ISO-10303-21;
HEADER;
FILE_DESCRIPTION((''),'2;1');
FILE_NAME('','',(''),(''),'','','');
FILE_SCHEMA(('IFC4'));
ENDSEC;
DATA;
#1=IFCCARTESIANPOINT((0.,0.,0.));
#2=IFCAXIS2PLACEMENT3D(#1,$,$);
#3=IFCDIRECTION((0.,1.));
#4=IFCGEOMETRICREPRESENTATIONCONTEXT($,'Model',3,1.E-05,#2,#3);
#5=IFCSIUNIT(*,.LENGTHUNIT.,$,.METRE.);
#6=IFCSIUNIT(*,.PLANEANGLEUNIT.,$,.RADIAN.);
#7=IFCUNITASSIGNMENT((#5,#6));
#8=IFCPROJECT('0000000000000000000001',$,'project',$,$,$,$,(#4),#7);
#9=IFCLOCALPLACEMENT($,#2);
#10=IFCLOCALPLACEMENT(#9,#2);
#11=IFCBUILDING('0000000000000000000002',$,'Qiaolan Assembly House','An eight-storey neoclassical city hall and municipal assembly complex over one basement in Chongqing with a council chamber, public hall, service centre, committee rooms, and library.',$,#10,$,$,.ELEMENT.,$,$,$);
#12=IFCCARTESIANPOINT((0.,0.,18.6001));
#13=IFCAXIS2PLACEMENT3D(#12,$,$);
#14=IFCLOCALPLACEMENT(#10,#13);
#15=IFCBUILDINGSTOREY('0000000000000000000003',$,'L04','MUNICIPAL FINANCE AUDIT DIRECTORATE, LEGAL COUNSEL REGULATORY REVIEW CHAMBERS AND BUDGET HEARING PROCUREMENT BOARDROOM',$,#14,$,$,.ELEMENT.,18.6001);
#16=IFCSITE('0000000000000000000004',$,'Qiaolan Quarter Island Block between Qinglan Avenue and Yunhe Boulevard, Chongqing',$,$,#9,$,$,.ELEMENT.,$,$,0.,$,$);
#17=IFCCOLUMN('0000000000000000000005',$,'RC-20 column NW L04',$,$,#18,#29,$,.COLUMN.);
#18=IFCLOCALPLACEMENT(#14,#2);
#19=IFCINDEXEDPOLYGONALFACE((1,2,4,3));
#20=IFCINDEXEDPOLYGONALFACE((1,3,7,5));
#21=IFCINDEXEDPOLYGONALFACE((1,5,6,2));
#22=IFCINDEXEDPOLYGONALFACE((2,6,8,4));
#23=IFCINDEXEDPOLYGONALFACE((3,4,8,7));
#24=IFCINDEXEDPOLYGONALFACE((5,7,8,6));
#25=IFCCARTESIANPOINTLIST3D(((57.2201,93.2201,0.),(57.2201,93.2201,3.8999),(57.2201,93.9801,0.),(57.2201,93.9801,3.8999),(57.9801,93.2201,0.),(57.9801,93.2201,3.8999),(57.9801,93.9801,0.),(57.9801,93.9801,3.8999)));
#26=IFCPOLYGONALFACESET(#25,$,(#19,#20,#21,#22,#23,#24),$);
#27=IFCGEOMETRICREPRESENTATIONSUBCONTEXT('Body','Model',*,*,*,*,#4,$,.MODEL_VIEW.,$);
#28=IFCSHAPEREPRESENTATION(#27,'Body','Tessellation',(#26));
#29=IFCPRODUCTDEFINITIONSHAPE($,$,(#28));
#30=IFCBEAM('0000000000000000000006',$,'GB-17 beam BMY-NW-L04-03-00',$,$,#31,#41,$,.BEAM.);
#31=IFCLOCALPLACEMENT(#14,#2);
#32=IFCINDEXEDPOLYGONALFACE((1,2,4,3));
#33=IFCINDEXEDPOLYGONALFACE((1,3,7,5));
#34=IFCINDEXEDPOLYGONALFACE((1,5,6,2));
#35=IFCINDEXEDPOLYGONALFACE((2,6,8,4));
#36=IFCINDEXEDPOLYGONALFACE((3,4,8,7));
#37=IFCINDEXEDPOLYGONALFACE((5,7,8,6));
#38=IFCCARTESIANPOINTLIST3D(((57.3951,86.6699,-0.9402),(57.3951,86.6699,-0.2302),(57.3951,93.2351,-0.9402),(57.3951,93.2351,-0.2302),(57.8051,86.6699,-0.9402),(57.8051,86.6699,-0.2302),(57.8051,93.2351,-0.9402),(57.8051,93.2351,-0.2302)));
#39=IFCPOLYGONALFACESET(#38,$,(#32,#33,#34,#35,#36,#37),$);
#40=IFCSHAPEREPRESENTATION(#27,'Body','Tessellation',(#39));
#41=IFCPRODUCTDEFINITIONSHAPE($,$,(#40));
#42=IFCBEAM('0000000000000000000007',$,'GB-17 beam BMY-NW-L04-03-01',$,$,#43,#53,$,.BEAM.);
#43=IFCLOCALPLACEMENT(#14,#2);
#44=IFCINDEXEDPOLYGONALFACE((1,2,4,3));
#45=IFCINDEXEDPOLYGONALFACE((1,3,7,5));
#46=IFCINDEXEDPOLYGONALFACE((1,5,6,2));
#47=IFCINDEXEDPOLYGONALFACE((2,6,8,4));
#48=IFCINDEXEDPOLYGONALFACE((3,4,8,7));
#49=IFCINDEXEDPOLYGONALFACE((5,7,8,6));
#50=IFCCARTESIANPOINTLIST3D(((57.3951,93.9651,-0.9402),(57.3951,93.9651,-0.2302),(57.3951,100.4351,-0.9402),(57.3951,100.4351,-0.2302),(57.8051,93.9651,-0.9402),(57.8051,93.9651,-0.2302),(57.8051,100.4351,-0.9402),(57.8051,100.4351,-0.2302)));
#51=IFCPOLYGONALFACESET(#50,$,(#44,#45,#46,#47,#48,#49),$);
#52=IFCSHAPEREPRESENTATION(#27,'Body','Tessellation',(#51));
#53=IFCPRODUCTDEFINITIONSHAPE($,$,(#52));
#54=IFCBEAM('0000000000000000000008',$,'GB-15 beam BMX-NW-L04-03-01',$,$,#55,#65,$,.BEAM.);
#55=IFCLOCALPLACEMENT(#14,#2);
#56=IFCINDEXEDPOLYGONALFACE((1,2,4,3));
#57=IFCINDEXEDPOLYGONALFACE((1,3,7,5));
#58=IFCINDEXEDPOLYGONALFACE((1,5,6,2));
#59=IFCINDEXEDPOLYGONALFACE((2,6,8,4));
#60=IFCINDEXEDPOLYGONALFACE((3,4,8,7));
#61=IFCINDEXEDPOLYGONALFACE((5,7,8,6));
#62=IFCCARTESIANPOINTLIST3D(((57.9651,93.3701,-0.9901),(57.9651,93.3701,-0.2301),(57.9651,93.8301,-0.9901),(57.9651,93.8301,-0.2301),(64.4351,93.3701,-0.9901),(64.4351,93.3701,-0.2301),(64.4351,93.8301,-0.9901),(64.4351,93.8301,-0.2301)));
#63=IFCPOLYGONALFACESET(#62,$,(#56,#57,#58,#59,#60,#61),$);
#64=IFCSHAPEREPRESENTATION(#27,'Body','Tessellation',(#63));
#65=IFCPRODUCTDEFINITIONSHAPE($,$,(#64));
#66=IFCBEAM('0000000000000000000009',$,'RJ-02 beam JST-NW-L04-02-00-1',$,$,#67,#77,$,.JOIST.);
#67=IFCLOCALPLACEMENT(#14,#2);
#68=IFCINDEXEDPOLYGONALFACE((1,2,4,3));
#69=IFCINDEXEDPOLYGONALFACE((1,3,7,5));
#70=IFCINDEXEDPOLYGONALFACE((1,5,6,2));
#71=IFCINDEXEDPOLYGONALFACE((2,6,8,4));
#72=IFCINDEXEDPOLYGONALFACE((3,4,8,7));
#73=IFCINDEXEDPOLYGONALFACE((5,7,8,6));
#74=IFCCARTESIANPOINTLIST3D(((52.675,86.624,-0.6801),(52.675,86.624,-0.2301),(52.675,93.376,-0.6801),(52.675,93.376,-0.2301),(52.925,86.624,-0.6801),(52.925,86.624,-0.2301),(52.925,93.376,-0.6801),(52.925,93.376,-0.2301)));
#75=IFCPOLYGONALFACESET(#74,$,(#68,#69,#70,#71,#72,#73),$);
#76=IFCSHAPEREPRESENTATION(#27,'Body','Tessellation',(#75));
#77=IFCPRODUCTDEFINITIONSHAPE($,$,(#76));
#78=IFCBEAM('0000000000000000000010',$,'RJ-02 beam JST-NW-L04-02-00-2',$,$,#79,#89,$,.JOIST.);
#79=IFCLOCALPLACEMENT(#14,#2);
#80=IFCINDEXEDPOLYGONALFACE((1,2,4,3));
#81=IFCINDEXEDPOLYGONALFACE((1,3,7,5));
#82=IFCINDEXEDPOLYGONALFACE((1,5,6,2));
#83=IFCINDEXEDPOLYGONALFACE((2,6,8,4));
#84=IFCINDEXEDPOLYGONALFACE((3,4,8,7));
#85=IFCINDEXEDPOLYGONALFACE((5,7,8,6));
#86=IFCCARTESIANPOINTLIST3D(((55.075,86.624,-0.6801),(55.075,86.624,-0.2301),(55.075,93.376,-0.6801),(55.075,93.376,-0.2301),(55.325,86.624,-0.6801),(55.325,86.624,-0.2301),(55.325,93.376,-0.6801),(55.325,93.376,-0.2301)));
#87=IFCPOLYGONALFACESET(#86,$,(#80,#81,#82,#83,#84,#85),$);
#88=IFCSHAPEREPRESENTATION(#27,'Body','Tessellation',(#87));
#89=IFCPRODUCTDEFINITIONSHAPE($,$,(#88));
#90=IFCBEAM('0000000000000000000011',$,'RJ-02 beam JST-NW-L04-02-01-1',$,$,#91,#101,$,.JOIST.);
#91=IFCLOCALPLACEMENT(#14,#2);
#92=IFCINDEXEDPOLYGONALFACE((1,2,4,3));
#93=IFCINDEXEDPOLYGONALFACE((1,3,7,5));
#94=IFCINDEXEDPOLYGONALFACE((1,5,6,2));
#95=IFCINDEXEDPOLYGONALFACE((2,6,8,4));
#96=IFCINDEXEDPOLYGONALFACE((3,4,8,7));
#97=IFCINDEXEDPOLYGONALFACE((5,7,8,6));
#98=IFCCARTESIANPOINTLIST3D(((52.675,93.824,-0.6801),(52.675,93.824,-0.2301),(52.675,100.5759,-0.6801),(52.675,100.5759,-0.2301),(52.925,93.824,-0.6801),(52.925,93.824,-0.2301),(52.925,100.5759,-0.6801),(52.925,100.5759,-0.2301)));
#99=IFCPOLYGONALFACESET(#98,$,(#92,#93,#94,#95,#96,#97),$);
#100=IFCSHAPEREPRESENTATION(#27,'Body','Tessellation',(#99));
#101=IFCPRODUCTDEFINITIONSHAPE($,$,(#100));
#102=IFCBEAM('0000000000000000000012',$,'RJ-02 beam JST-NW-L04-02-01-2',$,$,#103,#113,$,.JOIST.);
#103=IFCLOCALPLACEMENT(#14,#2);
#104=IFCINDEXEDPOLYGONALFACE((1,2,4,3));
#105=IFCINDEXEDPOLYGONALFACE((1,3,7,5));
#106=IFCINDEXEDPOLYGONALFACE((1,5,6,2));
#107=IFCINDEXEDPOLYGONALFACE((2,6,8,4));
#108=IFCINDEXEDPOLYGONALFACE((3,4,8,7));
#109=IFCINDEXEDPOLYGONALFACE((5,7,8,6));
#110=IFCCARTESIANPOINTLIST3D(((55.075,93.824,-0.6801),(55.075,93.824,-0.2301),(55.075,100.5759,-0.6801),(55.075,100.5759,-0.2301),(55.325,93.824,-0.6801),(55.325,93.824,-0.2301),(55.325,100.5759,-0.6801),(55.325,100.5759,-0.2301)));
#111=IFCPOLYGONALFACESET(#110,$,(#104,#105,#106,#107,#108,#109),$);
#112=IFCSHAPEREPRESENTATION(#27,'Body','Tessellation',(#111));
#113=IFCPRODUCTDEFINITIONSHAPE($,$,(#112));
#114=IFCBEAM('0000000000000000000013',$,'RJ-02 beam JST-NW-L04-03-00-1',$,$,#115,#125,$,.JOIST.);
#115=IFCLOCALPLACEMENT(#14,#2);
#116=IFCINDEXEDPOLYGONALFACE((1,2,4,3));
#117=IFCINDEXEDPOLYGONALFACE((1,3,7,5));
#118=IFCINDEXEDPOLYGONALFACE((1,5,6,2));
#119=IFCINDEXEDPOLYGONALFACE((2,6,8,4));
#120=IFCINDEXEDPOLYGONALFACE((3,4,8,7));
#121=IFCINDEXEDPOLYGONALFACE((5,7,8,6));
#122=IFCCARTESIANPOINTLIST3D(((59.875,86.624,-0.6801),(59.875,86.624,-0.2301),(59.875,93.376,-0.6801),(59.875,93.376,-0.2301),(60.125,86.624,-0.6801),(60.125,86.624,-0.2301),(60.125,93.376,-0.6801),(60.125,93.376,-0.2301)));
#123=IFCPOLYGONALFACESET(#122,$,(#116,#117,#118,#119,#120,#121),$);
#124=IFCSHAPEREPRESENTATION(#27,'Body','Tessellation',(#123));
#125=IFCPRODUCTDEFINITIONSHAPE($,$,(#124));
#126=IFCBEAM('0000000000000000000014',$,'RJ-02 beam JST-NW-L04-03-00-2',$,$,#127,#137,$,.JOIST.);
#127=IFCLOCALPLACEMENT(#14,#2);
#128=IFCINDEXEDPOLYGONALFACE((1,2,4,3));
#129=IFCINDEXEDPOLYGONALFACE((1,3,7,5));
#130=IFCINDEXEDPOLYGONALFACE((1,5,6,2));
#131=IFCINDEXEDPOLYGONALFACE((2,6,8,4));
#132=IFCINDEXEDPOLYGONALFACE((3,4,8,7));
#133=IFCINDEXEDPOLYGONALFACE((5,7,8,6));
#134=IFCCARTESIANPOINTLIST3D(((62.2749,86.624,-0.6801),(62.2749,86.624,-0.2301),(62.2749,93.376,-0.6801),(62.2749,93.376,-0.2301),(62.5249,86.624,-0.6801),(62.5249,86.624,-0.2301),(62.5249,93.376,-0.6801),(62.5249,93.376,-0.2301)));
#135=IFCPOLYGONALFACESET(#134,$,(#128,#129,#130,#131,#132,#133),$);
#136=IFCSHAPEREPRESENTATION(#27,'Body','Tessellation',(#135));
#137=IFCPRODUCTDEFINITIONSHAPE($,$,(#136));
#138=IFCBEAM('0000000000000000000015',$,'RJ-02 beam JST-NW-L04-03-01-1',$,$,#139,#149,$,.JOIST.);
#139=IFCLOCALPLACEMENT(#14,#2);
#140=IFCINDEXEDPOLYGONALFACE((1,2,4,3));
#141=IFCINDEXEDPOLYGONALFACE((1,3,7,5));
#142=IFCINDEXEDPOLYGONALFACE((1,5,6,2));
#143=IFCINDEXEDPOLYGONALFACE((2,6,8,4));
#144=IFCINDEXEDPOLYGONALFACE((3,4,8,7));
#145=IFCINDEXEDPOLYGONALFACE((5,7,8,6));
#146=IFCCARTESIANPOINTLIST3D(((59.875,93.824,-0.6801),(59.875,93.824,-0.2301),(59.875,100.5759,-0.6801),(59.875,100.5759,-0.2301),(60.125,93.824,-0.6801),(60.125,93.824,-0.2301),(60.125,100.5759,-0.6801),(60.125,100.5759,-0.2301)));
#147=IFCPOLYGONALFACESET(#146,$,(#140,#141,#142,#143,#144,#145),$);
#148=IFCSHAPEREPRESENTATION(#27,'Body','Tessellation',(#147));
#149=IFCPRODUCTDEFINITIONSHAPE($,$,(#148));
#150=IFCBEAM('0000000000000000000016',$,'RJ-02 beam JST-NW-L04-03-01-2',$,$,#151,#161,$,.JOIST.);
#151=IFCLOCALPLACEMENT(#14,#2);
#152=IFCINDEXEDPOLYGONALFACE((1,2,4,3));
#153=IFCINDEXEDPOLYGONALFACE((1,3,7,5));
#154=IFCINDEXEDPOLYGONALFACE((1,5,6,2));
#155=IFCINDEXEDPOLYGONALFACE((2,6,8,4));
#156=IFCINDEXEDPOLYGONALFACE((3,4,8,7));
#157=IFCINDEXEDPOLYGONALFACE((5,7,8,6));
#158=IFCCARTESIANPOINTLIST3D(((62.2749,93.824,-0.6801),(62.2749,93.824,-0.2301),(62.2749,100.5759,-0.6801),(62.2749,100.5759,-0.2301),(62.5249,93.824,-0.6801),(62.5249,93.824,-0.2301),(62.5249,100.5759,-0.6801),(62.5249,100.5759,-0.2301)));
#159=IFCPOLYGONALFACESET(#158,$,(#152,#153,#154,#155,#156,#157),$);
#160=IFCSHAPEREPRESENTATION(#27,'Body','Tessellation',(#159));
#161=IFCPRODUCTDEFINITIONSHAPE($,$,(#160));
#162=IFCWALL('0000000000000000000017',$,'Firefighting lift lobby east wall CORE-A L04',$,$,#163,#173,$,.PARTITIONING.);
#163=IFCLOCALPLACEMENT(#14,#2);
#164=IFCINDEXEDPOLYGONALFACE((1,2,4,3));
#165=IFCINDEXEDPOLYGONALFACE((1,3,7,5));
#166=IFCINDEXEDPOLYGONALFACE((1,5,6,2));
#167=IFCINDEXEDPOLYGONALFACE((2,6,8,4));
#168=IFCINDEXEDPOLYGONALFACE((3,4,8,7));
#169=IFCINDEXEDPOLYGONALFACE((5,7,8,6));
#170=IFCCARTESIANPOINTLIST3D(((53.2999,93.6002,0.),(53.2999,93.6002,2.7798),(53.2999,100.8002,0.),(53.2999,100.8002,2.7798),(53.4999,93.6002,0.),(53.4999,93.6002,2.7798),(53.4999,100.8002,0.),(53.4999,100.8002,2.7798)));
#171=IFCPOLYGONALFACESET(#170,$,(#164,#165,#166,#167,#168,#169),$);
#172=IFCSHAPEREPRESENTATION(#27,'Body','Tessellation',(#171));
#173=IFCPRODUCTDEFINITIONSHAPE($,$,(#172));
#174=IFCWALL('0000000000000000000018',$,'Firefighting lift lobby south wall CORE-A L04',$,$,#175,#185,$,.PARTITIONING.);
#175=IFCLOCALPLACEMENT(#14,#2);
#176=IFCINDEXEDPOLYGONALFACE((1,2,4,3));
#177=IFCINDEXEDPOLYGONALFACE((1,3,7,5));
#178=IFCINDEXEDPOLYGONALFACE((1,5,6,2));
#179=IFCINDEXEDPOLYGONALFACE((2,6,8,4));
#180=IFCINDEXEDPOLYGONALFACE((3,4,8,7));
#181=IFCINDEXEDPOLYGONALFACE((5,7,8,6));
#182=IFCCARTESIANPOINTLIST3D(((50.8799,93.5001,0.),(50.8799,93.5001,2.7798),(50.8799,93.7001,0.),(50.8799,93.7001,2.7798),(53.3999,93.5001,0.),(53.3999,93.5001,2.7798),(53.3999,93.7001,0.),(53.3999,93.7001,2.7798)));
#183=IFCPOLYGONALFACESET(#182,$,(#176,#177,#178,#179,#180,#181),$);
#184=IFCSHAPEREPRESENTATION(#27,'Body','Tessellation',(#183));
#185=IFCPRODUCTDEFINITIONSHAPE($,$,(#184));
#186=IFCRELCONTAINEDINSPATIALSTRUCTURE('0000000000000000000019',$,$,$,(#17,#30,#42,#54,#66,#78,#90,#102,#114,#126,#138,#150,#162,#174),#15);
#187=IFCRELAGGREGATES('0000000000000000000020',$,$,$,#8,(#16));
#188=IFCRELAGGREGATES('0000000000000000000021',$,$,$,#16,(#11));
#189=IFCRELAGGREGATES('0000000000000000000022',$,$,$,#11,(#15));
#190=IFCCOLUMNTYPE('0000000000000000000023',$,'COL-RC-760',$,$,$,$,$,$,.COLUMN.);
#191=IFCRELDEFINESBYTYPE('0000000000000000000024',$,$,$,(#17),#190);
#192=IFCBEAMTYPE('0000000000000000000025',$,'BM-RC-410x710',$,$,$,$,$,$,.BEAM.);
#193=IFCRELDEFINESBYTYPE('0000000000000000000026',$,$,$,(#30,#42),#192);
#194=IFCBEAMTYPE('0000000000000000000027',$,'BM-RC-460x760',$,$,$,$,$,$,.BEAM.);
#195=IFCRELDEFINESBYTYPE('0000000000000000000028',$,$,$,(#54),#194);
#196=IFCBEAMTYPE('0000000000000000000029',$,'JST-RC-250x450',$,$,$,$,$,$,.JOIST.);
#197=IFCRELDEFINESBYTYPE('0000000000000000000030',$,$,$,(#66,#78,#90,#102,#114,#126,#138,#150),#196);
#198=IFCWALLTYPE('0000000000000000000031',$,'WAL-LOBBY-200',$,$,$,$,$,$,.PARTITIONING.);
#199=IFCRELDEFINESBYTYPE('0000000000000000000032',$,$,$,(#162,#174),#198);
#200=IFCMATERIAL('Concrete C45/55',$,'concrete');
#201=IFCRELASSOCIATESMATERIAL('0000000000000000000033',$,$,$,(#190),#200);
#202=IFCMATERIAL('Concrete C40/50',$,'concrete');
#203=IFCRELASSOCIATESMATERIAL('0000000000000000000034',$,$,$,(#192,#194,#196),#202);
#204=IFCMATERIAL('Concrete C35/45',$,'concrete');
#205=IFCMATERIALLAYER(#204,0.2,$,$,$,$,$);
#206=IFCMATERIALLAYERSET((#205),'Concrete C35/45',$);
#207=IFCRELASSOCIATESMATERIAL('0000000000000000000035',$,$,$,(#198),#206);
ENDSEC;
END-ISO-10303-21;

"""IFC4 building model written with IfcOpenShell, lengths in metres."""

from ifc_helpers import new_model, si_unit, direction, frame, frame_2d, origin, origin_2d, place, context, subcontext, project, spatial, rectangle, extrude, material, layer, layer_set, material_profile, profile_set, type_object, element, save


model = new_model("IFC4")

# Units and contexts
model_context = context("Model", 3, precision=1e-05, world=origin(), true_north=direction((0.0, 1.0)))
body_context = subcontext(model_context, "Body", "Model", "MODEL_VIEW")
ifc_project = project(units=[si_unit("LENGTHUNIT", "METRE"), si_unit("PLANEANGLEUNIT", "RADIAN")], contexts=[model_context])

# Site, building, storey
site_placement = place(None, origin())
site = spatial("IfcSite", under=ifc_project, at=site_placement, Name="Qiaolan Quarter Island Block between Qinglan Avenue and Yunhe Boulevard, Chongqing", CompositionType="ELEMENT", RefElevation=0.0)
building_placement = place(site_placement, origin())
building = spatial("IfcBuilding", under=site, at=building_placement, Name="Qiaolan Assembly House", Description="An eight-storey neoclassical city hall and municipal assembly complex over one basement in Chongqing with a council chamber, public hall, service centre, committee rooms, and library.", CompositionType="ELEMENT")
storey_placement = place(building_placement, frame((0.0, 0.0, 18.6001)))
storey = spatial("IfcBuildingStorey", under=building, at=storey_placement, Name="L04", Description="MUNICIPAL FINANCE AUDIT DIRECTORATE, LEGAL COUNSEL REGULATORY REVIEW CHAMBERS AND BUDGET HEARING PROCUREMENT BOARDROOM", CompositionType="ELEMENT", Elevation=18.6001)

# Column
ifc_material_1 = material(Name="Concrete C45/55", Category="concrete")
ifc_material_profile_1 = material_profile(ifc_material_1, rectangle(XDim=0.76, YDim=0.76, at=origin_2d()), Name="RC 760x760")
ifc_profile_set_1 = profile_set([ifc_material_profile_1], Name="Concrete C45/55")
column_type = type_object("IfcColumnType", Name="COL-RC-760", PredefinedType="COLUMN", material=ifc_profile_set_1)
column_placement = place(storey_placement, frame((57.6001, 93.6001, 0.0), z_axis=(0.0, 0.0, 1.0), x_axis=(1.0, 0.0, 0.0)))
element("IfcColumn", 1, at=column_placement, inside=storey, type_object=column_type, Name="RC-20 column NW L04", PredefinedType="COLUMN", context=body_context, shape_type="SweptSolid", body=[
    extrude(rectangle(XDim=0.76, YDim=0.76, at=origin_2d()), origin(), (0.0, 0.0, 1.0), 3.8999),
])

# Beams
ifc_material_2 = material(Name="Concrete C40/50", Category="concrete")
ifc_material_profile_2 = material_profile(ifc_material_2, rectangle(XDim=0.4099, YDim=0.71, at=origin_2d()), Name="RCB 410x710")
ifc_profile_set_2 = profile_set([ifc_material_profile_2], Name="Concrete C40/50")
beam_type_1 = type_object("IfcBeamType", Name="BM-RC-410x710", PredefinedType="BEAM", material=ifc_profile_set_2)
beam_1_placement = place(storey_placement, frame((57.6001, 86.6699, -0.5852), z_axis=(0.0, 1.0, 0.0), x_axis=(-1.0, 0.0, 0.0)))
element("IfcBeam", 2, at=beam_1_placement, inside=storey, type_object=beam_type_1, Name="GB-17 beam BMY-NW-L04-03-00", PredefinedType="BEAM", context=body_context, shape_type="SweptSolid", body=[
    extrude(rectangle(XDim=0.4099, YDim=0.71, at=origin_2d()), origin(), (0.0, 0.0, 1.0), 6.5652),
])
beam_2_placement = place(storey_placement, frame((57.6001, 93.9651, -0.5852), z_axis=(0.0, 1.0, 0.0), x_axis=(-1.0, 0.0, 0.0)))
element("IfcBeam", 3, at=beam_2_placement, inside=storey, type_object=beam_type_1, Name="GB-17 beam BMY-NW-L04-03-01", PredefinedType="BEAM", context=body_context, shape_type="SweptSolid", body=[
    extrude(rectangle(XDim=0.4099, YDim=0.71, at=origin_2d()), origin(), (0.0, 0.0, 1.0), 6.47),
])
ifc_material_profile_3 = material_profile(ifc_material_2, rectangle(XDim=0.46, YDim=0.76, at=origin_2d()), Name="RCB 460x760")
ifc_profile_set_3 = profile_set([ifc_material_profile_3], Name="Concrete C40/50")
beam_type_2 = type_object("IfcBeamType", Name="BM-RC-460x760", PredefinedType="BEAM", material=ifc_profile_set_3)
beam_3_placement = place(storey_placement, frame((57.9651, 93.6001, -0.6101), z_axis=(1.0, 0.0, 0.0), x_axis=(0.0, 1.0, 0.0)))
element("IfcBeam", 4, at=beam_3_placement, inside=storey, type_object=beam_type_2, Name="GB-15 beam BMX-NW-L04-03-01", PredefinedType="BEAM", context=body_context, shape_type="SweptSolid", body=[
    extrude(rectangle(XDim=0.46, YDim=0.76, at=origin_2d()), origin(), (0.0, 0.0, 1.0), 6.47),
])
ifc_material_profile_4 = material_profile(ifc_material_2, rectangle(XDim=0.25, YDim=0.45, at=origin_2d()), Name="RCB 250x450")
ifc_profile_set_4 = profile_set([ifc_material_profile_4], Name="Concrete C40/50")
beam_type_3 = type_object("IfcBeamType", Name="JST-RC-250x450", PredefinedType="JOIST", material=ifc_profile_set_4)
for number, where, z_axis, x_axis, name in (
    (5, (52.8, 86.624, -0.4551), (0.0, 1.0, 0.0), (-1.0, 0.0, 0.0), "RJ-02 beam JST-NW-L04-02-00-1"),
    (6, (55.2, 86.624, -0.4551), (0.0, 1.0, 0.0), (-1.0, 0.0, 0.0), "RJ-02 beam JST-NW-L04-02-00-2"),
    (7, (52.8, 93.824, -0.4551), (0.0, 1.0, 0.0), (-1.0, 0.0, 0.0), "RJ-02 beam JST-NW-L04-02-01-1"),
    (8, (55.2, 93.824, -0.4551), (0.0, 1.0, 0.0), (-1.0, 0.0, 0.0), "RJ-02 beam JST-NW-L04-02-01-2"),
    (9, (60.0, 86.624, -0.4551), (0.0, 1.0, 0.0), (-1.0, 0.0, 0.0), "RJ-02 beam JST-NW-L04-03-00-1"),
    (10, (62.3999, 86.624, -0.4551), (0.0, 1.0, 0.0), (-1.0, 0.0, 0.0), "RJ-02 beam JST-NW-L04-03-00-2"),
    (11, (60.0, 93.824, -0.4551), (0.0, 1.0, 0.0), (-1.0, 0.0, 0.0), "RJ-02 beam JST-NW-L04-03-01-1"),
    (12, (62.3999, 93.824, -0.4551), (0.0, 1.0, 0.0), (-1.0, 0.0, 0.0), "RJ-02 beam JST-NW-L04-03-01-2"),
):
    element("IfcBeam", number, at=place(storey_placement, frame(where, z_axis=z_axis, x_axis=x_axis)), inside=storey, type_object=beam_type_3, Name=name, PredefinedType="JOIST", context=body_context, shape_type="SweptSolid", body=[
        extrude(rectangle(XDim=0.25, YDim=0.45, at=origin_2d()), origin(), (0.0, 0.0, 1.0), 6.752),
    ])

# Walls
ifc_material_3 = material(Name="Concrete C35/45", Category="concrete")
ifc_layer_1 = layer(ifc_material_3, 0.2)
ifc_layer_set_1 = layer_set([ifc_layer_1], Name="Concrete C35/45")
wall_type_1 = type_object("IfcWallType", Name="WAL-LOBBY-200", PredefinedType="PARTITIONING", material=ifc_layer_set_1)
wall_1_placement = place(storey_placement, frame((53.3999, 93.6001, 0.0), z_axis=(0.0, 0.0, 1.0), x_axis=(0.0, 1.0, 0.0)))
element("IfcWall", 13, at=wall_1_placement, inside=storey, type_object=wall_type_1, Name="Firefighting lift lobby east wall CORE-A L04", PredefinedType="PARTITIONING", context=body_context, shape_type="SweptSolid", body=[
    extrude(rectangle(XDim=7.2, YDim=0.2, at=frame_2d((3.6001, 0.0))), origin(), (0.0, 0.0, 1.0), 2.7798),
])
wall_2_placement = place(storey_placement, frame((50.8799, 93.6001, 0.0), z_axis=(0.0, 0.0, 1.0), x_axis=(1.0, 0.0, 0.0)))
element("IfcWall", 14, at=wall_2_placement, inside=storey, type_object=wall_type_1, Name="Firefighting lift lobby south wall CORE-A L04", PredefinedType="PARTITIONING", context=body_context, shape_type="SweptSolid", body=[
    extrude(rectangle(XDim=2.52, YDim=0.2, at=frame_2d((1.26, 0.0))), origin(), (0.0, 0.0, 1.0), 2.7798),
])

save(model, "model.ifc")
